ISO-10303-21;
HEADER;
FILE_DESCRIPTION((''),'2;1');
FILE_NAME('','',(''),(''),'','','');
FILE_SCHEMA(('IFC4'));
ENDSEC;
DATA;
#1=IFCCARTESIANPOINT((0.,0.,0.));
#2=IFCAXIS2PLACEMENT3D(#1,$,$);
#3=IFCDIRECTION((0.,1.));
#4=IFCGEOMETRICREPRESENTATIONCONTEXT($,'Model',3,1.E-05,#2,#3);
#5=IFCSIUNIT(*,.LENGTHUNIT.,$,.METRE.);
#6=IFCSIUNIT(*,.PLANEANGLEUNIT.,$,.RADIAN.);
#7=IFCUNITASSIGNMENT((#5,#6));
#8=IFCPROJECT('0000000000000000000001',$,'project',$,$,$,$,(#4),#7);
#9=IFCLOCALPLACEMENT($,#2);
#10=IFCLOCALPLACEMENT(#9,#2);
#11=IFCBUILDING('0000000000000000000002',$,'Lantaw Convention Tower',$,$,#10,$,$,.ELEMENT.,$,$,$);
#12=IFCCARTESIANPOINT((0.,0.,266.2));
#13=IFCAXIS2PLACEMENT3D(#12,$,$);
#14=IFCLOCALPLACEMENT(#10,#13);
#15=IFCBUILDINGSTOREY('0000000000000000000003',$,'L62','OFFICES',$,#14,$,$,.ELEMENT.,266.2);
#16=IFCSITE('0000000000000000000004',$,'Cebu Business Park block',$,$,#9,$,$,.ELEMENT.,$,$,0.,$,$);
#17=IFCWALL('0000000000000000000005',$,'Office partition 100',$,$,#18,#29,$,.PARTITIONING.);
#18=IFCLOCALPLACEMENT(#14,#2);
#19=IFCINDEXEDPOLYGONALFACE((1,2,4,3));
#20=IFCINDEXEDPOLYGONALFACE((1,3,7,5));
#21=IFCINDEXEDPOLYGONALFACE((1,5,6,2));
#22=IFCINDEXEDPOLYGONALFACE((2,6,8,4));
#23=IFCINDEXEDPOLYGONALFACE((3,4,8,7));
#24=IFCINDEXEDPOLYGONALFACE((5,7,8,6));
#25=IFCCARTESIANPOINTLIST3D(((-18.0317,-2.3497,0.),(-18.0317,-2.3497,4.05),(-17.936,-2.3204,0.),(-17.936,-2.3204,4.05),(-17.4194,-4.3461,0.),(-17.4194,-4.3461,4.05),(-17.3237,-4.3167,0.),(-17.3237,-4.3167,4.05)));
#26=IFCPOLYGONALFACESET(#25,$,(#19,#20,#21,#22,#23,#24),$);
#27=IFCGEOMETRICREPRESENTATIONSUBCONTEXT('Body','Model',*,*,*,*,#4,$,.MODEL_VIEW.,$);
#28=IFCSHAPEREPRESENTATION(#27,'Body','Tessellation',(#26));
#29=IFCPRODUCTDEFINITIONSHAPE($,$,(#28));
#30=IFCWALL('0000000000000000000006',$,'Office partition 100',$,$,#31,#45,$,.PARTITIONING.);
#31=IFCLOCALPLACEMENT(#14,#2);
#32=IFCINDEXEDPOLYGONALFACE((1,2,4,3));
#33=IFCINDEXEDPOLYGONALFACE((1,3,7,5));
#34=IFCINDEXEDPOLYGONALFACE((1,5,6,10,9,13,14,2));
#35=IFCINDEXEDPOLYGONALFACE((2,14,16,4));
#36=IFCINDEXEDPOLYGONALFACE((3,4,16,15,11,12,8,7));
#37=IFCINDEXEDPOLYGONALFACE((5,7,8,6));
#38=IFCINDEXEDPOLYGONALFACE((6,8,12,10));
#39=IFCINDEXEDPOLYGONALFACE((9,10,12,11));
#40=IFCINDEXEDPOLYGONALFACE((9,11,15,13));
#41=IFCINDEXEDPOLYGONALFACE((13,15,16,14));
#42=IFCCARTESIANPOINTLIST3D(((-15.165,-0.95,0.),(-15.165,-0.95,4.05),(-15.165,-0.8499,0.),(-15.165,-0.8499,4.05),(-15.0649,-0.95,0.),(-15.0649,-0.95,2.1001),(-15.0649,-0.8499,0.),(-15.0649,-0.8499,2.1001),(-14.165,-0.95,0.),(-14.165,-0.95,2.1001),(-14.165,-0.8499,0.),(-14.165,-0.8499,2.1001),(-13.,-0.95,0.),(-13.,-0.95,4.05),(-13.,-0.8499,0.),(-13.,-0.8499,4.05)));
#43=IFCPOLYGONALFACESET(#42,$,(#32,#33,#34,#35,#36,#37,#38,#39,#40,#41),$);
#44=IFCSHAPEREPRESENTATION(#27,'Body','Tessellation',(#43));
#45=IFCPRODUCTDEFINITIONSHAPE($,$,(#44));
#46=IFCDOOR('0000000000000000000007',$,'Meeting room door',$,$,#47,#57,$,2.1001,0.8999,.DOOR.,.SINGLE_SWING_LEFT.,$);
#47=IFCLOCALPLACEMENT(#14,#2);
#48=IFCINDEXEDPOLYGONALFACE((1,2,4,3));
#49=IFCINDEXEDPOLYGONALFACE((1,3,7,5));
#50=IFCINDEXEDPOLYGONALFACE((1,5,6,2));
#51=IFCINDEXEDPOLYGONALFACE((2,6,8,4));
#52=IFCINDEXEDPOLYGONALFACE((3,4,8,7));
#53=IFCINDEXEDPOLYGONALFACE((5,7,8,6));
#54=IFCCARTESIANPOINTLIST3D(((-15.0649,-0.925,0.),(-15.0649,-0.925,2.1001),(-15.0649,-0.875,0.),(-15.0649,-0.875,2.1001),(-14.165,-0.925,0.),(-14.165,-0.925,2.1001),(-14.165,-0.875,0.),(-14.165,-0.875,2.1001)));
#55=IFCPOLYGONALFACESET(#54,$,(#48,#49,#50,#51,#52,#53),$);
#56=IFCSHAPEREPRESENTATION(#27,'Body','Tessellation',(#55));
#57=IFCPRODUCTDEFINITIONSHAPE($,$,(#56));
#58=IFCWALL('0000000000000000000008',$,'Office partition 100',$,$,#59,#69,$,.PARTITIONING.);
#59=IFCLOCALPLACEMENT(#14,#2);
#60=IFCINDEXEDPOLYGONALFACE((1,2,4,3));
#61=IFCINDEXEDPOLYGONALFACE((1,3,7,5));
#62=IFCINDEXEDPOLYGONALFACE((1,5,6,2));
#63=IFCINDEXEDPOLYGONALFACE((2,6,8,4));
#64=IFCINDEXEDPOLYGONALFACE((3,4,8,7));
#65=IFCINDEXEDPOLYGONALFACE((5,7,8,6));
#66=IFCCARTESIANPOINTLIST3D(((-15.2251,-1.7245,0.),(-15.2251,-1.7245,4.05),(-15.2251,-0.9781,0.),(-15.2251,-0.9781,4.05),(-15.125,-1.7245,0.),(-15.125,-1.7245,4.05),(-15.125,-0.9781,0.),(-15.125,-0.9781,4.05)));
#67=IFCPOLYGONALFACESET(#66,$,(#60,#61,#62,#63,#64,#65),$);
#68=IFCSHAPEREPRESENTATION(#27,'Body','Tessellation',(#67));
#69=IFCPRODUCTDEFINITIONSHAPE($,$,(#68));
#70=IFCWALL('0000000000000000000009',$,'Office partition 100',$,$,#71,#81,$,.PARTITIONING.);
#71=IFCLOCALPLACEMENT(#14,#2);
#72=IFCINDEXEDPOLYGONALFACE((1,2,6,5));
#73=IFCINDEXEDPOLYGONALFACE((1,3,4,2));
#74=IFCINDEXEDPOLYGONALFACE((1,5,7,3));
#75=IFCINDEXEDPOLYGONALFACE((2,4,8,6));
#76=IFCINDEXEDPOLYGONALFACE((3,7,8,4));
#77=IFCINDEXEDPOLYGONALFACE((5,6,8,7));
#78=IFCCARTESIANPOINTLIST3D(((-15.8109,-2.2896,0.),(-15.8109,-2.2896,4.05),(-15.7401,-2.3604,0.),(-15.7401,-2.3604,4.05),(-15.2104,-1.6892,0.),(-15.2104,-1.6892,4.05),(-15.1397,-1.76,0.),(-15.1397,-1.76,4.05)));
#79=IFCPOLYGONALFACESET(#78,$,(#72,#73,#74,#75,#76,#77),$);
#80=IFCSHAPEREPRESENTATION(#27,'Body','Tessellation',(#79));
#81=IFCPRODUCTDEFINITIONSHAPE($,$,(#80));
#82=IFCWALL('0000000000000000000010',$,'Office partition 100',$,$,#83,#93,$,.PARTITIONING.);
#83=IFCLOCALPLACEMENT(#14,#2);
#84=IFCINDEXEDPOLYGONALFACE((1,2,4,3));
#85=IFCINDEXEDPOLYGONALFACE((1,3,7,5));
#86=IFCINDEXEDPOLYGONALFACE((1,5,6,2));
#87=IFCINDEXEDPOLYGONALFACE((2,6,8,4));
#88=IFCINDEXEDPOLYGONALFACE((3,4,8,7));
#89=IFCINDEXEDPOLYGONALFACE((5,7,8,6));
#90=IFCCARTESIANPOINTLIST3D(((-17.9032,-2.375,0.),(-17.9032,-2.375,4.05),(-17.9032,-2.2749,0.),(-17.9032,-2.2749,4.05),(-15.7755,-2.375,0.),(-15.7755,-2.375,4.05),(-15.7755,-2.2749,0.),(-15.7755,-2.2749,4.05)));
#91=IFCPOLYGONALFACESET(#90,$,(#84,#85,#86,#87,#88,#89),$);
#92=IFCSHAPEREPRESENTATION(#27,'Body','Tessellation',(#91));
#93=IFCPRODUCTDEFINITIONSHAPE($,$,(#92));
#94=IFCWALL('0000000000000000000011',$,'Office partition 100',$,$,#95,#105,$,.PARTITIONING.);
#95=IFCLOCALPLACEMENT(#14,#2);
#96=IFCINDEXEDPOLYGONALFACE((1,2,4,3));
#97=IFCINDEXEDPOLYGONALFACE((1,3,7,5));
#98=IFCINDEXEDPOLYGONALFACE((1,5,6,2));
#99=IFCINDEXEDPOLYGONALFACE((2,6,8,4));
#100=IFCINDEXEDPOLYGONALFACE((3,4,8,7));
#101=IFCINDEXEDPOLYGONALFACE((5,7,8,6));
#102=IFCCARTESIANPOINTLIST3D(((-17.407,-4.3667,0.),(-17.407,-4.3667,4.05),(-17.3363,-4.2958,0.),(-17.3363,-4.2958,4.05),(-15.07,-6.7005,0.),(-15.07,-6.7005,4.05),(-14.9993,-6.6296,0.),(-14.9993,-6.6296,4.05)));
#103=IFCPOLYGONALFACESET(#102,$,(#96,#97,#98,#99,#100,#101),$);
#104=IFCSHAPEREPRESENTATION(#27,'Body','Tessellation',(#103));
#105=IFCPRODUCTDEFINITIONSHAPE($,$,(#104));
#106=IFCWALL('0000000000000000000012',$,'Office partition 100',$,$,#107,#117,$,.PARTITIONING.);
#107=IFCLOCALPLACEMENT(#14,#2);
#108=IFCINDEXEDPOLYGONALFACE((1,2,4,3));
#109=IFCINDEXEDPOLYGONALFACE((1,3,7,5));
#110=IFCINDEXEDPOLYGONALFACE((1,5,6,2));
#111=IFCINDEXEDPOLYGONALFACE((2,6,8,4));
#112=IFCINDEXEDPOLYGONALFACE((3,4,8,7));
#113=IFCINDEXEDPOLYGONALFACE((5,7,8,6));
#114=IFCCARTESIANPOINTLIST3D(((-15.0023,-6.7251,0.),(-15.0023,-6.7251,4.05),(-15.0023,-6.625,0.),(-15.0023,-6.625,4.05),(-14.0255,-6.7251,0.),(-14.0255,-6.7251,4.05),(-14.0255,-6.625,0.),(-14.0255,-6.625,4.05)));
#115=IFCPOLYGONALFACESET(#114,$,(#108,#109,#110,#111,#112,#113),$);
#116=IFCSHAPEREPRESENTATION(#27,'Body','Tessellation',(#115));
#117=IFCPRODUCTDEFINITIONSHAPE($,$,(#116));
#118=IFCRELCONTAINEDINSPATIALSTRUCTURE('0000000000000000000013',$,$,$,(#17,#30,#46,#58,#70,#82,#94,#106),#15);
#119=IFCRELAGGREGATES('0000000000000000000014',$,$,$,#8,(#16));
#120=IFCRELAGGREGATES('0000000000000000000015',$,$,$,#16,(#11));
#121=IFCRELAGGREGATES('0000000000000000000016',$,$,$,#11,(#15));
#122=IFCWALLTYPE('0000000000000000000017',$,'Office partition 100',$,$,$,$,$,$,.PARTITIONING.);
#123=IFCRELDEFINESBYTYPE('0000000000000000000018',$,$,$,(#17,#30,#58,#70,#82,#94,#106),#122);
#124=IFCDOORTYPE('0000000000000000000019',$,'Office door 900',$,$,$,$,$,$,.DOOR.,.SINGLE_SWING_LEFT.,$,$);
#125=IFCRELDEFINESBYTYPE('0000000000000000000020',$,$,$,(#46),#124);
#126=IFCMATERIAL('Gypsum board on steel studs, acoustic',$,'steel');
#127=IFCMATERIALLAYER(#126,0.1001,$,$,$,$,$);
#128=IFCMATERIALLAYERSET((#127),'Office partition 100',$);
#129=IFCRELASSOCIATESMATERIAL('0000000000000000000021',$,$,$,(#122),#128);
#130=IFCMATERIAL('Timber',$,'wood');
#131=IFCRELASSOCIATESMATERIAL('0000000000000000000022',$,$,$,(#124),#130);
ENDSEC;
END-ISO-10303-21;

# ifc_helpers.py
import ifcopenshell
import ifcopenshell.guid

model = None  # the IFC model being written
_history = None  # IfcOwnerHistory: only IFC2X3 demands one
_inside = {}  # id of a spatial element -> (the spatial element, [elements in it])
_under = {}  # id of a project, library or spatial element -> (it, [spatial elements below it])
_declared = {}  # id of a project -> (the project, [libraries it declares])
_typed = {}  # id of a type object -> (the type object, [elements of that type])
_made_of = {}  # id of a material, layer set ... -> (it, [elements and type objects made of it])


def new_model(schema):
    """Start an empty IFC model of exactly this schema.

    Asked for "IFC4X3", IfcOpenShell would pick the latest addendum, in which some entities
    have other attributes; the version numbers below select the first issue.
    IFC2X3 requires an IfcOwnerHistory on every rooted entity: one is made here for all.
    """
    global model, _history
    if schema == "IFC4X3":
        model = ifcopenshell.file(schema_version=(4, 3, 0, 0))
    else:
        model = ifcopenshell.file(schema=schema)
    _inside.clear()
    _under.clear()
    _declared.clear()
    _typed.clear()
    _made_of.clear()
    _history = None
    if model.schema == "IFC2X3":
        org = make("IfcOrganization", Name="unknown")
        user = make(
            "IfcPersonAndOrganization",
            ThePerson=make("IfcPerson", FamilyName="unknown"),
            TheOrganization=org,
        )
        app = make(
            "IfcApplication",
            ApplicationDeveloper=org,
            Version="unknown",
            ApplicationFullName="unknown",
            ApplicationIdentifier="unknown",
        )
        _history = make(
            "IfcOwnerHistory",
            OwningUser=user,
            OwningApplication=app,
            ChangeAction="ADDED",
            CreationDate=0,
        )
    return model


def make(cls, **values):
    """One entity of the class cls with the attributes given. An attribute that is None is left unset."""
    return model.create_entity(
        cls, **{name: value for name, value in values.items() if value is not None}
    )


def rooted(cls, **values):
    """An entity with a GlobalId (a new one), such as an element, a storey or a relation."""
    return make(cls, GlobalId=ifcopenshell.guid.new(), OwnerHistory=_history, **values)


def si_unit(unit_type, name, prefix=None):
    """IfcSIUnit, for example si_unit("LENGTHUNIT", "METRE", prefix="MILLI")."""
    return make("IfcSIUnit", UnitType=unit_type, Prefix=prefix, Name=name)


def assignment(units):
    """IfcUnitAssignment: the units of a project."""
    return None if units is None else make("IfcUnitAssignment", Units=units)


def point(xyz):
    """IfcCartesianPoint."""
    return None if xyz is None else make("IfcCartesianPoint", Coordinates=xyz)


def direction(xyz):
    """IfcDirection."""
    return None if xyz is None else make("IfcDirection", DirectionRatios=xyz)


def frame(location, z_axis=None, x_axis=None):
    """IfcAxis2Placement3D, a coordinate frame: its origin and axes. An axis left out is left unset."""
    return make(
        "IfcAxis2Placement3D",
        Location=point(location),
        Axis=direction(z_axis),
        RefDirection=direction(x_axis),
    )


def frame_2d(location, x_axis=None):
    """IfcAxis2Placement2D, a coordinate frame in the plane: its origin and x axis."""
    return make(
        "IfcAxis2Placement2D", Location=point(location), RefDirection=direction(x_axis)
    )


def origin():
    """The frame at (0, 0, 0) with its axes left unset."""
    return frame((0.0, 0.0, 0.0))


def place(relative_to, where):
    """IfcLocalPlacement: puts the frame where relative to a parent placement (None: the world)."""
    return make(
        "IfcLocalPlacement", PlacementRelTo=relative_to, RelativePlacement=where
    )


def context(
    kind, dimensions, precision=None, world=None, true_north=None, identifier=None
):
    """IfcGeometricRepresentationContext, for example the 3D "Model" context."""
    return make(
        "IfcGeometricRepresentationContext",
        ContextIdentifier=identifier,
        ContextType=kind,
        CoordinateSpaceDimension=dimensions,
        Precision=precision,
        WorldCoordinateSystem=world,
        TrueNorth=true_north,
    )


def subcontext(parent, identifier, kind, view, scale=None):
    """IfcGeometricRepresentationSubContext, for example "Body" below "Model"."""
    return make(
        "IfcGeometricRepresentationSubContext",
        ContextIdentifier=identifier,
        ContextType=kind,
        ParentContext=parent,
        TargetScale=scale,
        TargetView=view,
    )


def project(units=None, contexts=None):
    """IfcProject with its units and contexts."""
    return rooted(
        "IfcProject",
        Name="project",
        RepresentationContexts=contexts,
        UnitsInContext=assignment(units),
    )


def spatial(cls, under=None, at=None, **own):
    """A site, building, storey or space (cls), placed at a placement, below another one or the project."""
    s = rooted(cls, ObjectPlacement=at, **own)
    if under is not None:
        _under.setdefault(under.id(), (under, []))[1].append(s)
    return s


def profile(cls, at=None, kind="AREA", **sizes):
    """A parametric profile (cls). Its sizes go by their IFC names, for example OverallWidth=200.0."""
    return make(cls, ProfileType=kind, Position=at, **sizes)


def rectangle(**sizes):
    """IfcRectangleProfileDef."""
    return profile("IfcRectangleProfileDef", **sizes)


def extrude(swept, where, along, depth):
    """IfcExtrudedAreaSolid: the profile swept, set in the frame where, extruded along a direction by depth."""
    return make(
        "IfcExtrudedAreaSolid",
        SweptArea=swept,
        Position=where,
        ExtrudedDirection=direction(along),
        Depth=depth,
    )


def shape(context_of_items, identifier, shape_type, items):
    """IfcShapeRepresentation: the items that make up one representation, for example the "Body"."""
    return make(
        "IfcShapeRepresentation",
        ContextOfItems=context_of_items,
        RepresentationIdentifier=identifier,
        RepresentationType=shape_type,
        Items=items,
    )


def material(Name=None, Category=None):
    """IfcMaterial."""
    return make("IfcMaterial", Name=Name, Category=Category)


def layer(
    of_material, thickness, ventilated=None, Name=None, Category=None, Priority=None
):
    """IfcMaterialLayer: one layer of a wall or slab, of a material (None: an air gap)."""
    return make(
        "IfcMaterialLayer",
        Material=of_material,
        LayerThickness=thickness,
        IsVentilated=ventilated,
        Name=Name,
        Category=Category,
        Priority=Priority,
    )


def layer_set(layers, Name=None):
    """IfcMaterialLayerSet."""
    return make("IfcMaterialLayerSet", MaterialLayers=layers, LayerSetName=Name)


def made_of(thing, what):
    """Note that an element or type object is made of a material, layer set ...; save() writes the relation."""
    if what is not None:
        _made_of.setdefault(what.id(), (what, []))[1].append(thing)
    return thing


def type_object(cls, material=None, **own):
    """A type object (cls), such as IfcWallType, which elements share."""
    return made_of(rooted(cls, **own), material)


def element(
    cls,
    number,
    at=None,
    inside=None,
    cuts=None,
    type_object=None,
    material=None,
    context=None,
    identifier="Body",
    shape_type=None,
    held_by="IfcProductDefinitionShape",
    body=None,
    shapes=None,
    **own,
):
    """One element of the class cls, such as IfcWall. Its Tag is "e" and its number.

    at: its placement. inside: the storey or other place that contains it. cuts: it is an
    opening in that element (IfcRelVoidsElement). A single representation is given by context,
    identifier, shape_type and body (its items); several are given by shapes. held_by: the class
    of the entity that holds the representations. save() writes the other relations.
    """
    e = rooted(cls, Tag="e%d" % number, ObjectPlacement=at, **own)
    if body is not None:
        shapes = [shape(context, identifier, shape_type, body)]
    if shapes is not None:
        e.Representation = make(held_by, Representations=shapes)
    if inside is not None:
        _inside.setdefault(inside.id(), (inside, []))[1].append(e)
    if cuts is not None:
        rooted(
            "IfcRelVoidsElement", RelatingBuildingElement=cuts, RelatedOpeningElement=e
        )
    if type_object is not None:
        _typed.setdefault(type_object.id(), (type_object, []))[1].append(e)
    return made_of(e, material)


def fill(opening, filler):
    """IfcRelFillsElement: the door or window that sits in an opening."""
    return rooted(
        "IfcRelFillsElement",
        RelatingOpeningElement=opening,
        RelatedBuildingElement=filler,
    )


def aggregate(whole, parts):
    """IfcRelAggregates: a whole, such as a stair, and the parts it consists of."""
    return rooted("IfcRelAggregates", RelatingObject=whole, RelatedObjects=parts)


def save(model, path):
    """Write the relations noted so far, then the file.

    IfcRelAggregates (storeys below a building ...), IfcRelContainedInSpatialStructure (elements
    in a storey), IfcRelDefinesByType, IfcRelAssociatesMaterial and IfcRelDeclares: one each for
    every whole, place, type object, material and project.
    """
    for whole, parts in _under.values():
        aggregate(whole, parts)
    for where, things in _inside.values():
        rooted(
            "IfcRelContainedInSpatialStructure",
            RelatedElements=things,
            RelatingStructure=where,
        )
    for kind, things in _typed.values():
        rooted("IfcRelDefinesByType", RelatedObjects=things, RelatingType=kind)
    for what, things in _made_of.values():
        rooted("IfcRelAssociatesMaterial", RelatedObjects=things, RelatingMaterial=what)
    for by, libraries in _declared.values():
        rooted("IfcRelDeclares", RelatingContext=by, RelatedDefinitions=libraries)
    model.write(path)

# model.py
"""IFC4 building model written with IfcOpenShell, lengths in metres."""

from ifc_helpers import new_model, si_unit, direction, frame, frame_2d, origin, place, context, subcontext, project, spatial, rectangle, extrude, material, layer, layer_set, type_object, element, fill, save


model = new_model("IFC4")

# Units and contexts
model_context = context("Model", 3, precision=1e-05, world=origin(), true_north=direction((0.0, 1.0)))
body_context = subcontext(model_context, "Body", "Model", "MODEL_VIEW")
ifc_project = project(units=[si_unit("LENGTHUNIT", "METRE"), si_unit("PLANEANGLEUNIT", "RADIAN")], contexts=[model_context])

# Site, building, storey
site_placement = place(None, origin())
site = spatial("IfcSite", under=ifc_project, at=site_placement, Name="Cebu Business Park block", CompositionType="ELEMENT", RefElevation=0.0)
building_placement = place(site_placement, origin())
building = spatial("IfcBuilding", under=site, at=building_placement, Name="Lantaw Convention Tower", CompositionType="ELEMENT")
storey_placement = place(building_placement, frame((0.0, 0.0, 266.2)))
storey = spatial("IfcBuildingStorey", under=building, at=storey_placement, Name="L62", Description="OFFICES", CompositionType="ELEMENT", Elevation=266.2)

# Wall
ifc_material_1 = material(Name="Gypsum board on steel studs, acoustic", Category="steel")
ifc_layer_1 = layer(ifc_material_1, 0.1001)
ifc_layer_set_1 = layer_set([ifc_layer_1], Name="Office partition 100")
wall_type_1 = type_object("IfcWallType", Name="Office partition 100", PredefinedType="PARTITIONING", material=ifc_layer_set_1)
wall_1_placement = place(storey_placement, frame((-17.3716, -4.3313, 0.0), z_axis=(0.0, 0.0, 1.0), x_axis=(-0.293231, 0.956042, 0.0)))
element("IfcWall", 1, at=wall_1_placement, inside=storey, type_object=wall_type_1, Name="Office partition 100", PredefinedType="PARTITIONING", context=body_context, shape_type="SweptSolid", body=[
    extrude(rectangle(XDim=2.0881, YDim=0.1001, at=frame_2d((1.0439, 0.0))), origin(), (0.0, 0.0, 1.0), 4.05),
])

# Wall, opening, door
wall_2_placement = place(storey_placement, frame((-15.165, -0.8999, 0.0), z_axis=(0.0, 0.0, 1.0), x_axis=(1.0, 0.0, 0.0)))
wall_2 = element("IfcWall", 2, at=wall_2_placement, inside=storey, type_object=wall_type_1, Name="Office partition 100", PredefinedType="PARTITIONING", context=body_context, shape_type="SweptSolid", body=[
    extrude(rectangle(XDim=2.165, YDim=0.1001, at=frame_2d((1.0825, 0.0))), origin(), (0.0, 0.0, 1.0), 4.05),
])
opening_placement = place(wall_2_placement, frame((0.1001, 0.0, 0.0)))
opening = element("IfcOpeningElement", 3, at=opening_placement, cuts=wall_2, PredefinedType="OPENING", context=body_context, shape_type="SweptSolid", body=[
    extrude(rectangle(XDim=0.8999, YDim=2.1001, at=frame_2d((0.45, 1.05))), frame((0.0, 0.0601, 0.0), z_axis=(0.0, -1.0, 0.0), x_axis=(1.0, 0.0, 0.0)), (0.0, 0.0, 1.0), 0.1201),
])
ifc_material_2 = material(Name="Timber", Category="wood")
door_type = type_object("IfcDoorType", Name="Office door 900", OperationType="SINGLE_SWING_LEFT", PredefinedType="DOOR", material=ifc_material_2)
door_placement = place(opening_placement, origin())
door = element("IfcDoor", 4, at=door_placement, inside=storey, type_object=door_type, Name="Meeting room door", OperationType="SINGLE_SWING_LEFT", OverallHeight=2.1001, OverallWidth=0.8999, PredefinedType="DOOR", context=body_context, shape_type="SweptSolid", body=[
    extrude(rectangle(XDim=0.8999, YDim=2.1001, at=frame_2d((0.45, 1.05))), frame((0.0, 0.0249, 0.0), z_axis=(0.0, -1.0, 0.0), x_axis=(1.0, 0.0, 0.0)), (0.0, 0.0, 1.0), 0.05),
])
fill(opening, door)

# Walls
wall_3_placement = place(storey_placement, frame((-15.175, -0.9783, 0.0), z_axis=(0.0, 0.0, 1.0), x_axis=(0.0, -1.0, 0.0)))
element("IfcWall", 5, at=wall_3_placement, inside=storey, type_object=wall_type_1, Name="Office partition 100", PredefinedType="PARTITIONING", context=body_context, shape_type="SweptSolid", body=[
    extrude(rectangle(XDim=0.7463, YDim=0.1001, at=frame_2d((0.373, 0.0))), origin(), (0.0, 0.0, 1.0), 4.05),
])
wall_4_placement = place(storey_placement, frame((-15.175, -1.7246, 0.0), z_axis=(0.0, 0.0, 1.0), x_axis=(-0.707107, -0.707107, 0.0)))
element("IfcWall", 6, at=wall_4_placement, inside=storey, type_object=wall_type_1, Name="Office partition 100", PredefinedType="PARTITIONING", context=body_context, shape_type="SweptSolid", body=[
    extrude(rectangle(XDim=0.8491, YDim=0.1001, at=frame_2d((0.4246, 0.0))), origin(), (0.0, 0.0, 1.0), 4.05),
])
wall_5_placement = place(storey_placement, frame((-15.7754, -2.325, 0.0), z_axis=(0.0, 0.0, 1.0), x_axis=(-1.0, 0.0, 0.0)))
element("IfcWall", 7, at=wall_5_placement, inside=storey, type_object=wall_type_1, Name="Office partition 100", PredefinedType="PARTITIONING", context=body_context, shape_type="SweptSolid", body=[
    extrude(rectangle(XDim=2.1277, YDim=0.1001, at=frame_2d((1.064, 0.0))), origin(), (0.0, 0.0, 1.0), 4.05),
])
wall_6_placement = place(storey_placement, frame((-15.0347, -6.665, 0.0), z_axis=(0.0, 0.0, 1.0), x_axis=(-0.707587, 0.706626, 0.0)))
element("IfcWall", 8, at=wall_6_placement, inside=storey, type_object=wall_type_1, Name="Office partition 100", PredefinedType="PARTITIONING", context=body_context, shape_type="SweptSolid", body=[
    extrude(rectangle(XDim=3.3027, YDim=0.1001, at=frame_2d((1.6514, 0.0))), origin(), (0.0, 0.0, 1.0), 4.05),
])
wall_7_placement = place(storey_placement, frame((-15.0022, -6.675, 0.0), z_axis=(0.0, 0.0, 1.0), x_axis=(1.0, 0.0, 0.0)))
element("IfcWall", 9, at=wall_7_placement, inside=storey, type_object=wall_type_1, Name="Office partition 100", PredefinedType="PARTITIONING", context=body_context, shape_type="SweptSolid", body=[
    extrude(rectangle(XDim=0.9768, YDim=0.1001, at=frame_2d((0.4883, 0.0))), origin(), (0.0, 0.0, 1.0), 4.05),
])

save(model, "model.ifc")
